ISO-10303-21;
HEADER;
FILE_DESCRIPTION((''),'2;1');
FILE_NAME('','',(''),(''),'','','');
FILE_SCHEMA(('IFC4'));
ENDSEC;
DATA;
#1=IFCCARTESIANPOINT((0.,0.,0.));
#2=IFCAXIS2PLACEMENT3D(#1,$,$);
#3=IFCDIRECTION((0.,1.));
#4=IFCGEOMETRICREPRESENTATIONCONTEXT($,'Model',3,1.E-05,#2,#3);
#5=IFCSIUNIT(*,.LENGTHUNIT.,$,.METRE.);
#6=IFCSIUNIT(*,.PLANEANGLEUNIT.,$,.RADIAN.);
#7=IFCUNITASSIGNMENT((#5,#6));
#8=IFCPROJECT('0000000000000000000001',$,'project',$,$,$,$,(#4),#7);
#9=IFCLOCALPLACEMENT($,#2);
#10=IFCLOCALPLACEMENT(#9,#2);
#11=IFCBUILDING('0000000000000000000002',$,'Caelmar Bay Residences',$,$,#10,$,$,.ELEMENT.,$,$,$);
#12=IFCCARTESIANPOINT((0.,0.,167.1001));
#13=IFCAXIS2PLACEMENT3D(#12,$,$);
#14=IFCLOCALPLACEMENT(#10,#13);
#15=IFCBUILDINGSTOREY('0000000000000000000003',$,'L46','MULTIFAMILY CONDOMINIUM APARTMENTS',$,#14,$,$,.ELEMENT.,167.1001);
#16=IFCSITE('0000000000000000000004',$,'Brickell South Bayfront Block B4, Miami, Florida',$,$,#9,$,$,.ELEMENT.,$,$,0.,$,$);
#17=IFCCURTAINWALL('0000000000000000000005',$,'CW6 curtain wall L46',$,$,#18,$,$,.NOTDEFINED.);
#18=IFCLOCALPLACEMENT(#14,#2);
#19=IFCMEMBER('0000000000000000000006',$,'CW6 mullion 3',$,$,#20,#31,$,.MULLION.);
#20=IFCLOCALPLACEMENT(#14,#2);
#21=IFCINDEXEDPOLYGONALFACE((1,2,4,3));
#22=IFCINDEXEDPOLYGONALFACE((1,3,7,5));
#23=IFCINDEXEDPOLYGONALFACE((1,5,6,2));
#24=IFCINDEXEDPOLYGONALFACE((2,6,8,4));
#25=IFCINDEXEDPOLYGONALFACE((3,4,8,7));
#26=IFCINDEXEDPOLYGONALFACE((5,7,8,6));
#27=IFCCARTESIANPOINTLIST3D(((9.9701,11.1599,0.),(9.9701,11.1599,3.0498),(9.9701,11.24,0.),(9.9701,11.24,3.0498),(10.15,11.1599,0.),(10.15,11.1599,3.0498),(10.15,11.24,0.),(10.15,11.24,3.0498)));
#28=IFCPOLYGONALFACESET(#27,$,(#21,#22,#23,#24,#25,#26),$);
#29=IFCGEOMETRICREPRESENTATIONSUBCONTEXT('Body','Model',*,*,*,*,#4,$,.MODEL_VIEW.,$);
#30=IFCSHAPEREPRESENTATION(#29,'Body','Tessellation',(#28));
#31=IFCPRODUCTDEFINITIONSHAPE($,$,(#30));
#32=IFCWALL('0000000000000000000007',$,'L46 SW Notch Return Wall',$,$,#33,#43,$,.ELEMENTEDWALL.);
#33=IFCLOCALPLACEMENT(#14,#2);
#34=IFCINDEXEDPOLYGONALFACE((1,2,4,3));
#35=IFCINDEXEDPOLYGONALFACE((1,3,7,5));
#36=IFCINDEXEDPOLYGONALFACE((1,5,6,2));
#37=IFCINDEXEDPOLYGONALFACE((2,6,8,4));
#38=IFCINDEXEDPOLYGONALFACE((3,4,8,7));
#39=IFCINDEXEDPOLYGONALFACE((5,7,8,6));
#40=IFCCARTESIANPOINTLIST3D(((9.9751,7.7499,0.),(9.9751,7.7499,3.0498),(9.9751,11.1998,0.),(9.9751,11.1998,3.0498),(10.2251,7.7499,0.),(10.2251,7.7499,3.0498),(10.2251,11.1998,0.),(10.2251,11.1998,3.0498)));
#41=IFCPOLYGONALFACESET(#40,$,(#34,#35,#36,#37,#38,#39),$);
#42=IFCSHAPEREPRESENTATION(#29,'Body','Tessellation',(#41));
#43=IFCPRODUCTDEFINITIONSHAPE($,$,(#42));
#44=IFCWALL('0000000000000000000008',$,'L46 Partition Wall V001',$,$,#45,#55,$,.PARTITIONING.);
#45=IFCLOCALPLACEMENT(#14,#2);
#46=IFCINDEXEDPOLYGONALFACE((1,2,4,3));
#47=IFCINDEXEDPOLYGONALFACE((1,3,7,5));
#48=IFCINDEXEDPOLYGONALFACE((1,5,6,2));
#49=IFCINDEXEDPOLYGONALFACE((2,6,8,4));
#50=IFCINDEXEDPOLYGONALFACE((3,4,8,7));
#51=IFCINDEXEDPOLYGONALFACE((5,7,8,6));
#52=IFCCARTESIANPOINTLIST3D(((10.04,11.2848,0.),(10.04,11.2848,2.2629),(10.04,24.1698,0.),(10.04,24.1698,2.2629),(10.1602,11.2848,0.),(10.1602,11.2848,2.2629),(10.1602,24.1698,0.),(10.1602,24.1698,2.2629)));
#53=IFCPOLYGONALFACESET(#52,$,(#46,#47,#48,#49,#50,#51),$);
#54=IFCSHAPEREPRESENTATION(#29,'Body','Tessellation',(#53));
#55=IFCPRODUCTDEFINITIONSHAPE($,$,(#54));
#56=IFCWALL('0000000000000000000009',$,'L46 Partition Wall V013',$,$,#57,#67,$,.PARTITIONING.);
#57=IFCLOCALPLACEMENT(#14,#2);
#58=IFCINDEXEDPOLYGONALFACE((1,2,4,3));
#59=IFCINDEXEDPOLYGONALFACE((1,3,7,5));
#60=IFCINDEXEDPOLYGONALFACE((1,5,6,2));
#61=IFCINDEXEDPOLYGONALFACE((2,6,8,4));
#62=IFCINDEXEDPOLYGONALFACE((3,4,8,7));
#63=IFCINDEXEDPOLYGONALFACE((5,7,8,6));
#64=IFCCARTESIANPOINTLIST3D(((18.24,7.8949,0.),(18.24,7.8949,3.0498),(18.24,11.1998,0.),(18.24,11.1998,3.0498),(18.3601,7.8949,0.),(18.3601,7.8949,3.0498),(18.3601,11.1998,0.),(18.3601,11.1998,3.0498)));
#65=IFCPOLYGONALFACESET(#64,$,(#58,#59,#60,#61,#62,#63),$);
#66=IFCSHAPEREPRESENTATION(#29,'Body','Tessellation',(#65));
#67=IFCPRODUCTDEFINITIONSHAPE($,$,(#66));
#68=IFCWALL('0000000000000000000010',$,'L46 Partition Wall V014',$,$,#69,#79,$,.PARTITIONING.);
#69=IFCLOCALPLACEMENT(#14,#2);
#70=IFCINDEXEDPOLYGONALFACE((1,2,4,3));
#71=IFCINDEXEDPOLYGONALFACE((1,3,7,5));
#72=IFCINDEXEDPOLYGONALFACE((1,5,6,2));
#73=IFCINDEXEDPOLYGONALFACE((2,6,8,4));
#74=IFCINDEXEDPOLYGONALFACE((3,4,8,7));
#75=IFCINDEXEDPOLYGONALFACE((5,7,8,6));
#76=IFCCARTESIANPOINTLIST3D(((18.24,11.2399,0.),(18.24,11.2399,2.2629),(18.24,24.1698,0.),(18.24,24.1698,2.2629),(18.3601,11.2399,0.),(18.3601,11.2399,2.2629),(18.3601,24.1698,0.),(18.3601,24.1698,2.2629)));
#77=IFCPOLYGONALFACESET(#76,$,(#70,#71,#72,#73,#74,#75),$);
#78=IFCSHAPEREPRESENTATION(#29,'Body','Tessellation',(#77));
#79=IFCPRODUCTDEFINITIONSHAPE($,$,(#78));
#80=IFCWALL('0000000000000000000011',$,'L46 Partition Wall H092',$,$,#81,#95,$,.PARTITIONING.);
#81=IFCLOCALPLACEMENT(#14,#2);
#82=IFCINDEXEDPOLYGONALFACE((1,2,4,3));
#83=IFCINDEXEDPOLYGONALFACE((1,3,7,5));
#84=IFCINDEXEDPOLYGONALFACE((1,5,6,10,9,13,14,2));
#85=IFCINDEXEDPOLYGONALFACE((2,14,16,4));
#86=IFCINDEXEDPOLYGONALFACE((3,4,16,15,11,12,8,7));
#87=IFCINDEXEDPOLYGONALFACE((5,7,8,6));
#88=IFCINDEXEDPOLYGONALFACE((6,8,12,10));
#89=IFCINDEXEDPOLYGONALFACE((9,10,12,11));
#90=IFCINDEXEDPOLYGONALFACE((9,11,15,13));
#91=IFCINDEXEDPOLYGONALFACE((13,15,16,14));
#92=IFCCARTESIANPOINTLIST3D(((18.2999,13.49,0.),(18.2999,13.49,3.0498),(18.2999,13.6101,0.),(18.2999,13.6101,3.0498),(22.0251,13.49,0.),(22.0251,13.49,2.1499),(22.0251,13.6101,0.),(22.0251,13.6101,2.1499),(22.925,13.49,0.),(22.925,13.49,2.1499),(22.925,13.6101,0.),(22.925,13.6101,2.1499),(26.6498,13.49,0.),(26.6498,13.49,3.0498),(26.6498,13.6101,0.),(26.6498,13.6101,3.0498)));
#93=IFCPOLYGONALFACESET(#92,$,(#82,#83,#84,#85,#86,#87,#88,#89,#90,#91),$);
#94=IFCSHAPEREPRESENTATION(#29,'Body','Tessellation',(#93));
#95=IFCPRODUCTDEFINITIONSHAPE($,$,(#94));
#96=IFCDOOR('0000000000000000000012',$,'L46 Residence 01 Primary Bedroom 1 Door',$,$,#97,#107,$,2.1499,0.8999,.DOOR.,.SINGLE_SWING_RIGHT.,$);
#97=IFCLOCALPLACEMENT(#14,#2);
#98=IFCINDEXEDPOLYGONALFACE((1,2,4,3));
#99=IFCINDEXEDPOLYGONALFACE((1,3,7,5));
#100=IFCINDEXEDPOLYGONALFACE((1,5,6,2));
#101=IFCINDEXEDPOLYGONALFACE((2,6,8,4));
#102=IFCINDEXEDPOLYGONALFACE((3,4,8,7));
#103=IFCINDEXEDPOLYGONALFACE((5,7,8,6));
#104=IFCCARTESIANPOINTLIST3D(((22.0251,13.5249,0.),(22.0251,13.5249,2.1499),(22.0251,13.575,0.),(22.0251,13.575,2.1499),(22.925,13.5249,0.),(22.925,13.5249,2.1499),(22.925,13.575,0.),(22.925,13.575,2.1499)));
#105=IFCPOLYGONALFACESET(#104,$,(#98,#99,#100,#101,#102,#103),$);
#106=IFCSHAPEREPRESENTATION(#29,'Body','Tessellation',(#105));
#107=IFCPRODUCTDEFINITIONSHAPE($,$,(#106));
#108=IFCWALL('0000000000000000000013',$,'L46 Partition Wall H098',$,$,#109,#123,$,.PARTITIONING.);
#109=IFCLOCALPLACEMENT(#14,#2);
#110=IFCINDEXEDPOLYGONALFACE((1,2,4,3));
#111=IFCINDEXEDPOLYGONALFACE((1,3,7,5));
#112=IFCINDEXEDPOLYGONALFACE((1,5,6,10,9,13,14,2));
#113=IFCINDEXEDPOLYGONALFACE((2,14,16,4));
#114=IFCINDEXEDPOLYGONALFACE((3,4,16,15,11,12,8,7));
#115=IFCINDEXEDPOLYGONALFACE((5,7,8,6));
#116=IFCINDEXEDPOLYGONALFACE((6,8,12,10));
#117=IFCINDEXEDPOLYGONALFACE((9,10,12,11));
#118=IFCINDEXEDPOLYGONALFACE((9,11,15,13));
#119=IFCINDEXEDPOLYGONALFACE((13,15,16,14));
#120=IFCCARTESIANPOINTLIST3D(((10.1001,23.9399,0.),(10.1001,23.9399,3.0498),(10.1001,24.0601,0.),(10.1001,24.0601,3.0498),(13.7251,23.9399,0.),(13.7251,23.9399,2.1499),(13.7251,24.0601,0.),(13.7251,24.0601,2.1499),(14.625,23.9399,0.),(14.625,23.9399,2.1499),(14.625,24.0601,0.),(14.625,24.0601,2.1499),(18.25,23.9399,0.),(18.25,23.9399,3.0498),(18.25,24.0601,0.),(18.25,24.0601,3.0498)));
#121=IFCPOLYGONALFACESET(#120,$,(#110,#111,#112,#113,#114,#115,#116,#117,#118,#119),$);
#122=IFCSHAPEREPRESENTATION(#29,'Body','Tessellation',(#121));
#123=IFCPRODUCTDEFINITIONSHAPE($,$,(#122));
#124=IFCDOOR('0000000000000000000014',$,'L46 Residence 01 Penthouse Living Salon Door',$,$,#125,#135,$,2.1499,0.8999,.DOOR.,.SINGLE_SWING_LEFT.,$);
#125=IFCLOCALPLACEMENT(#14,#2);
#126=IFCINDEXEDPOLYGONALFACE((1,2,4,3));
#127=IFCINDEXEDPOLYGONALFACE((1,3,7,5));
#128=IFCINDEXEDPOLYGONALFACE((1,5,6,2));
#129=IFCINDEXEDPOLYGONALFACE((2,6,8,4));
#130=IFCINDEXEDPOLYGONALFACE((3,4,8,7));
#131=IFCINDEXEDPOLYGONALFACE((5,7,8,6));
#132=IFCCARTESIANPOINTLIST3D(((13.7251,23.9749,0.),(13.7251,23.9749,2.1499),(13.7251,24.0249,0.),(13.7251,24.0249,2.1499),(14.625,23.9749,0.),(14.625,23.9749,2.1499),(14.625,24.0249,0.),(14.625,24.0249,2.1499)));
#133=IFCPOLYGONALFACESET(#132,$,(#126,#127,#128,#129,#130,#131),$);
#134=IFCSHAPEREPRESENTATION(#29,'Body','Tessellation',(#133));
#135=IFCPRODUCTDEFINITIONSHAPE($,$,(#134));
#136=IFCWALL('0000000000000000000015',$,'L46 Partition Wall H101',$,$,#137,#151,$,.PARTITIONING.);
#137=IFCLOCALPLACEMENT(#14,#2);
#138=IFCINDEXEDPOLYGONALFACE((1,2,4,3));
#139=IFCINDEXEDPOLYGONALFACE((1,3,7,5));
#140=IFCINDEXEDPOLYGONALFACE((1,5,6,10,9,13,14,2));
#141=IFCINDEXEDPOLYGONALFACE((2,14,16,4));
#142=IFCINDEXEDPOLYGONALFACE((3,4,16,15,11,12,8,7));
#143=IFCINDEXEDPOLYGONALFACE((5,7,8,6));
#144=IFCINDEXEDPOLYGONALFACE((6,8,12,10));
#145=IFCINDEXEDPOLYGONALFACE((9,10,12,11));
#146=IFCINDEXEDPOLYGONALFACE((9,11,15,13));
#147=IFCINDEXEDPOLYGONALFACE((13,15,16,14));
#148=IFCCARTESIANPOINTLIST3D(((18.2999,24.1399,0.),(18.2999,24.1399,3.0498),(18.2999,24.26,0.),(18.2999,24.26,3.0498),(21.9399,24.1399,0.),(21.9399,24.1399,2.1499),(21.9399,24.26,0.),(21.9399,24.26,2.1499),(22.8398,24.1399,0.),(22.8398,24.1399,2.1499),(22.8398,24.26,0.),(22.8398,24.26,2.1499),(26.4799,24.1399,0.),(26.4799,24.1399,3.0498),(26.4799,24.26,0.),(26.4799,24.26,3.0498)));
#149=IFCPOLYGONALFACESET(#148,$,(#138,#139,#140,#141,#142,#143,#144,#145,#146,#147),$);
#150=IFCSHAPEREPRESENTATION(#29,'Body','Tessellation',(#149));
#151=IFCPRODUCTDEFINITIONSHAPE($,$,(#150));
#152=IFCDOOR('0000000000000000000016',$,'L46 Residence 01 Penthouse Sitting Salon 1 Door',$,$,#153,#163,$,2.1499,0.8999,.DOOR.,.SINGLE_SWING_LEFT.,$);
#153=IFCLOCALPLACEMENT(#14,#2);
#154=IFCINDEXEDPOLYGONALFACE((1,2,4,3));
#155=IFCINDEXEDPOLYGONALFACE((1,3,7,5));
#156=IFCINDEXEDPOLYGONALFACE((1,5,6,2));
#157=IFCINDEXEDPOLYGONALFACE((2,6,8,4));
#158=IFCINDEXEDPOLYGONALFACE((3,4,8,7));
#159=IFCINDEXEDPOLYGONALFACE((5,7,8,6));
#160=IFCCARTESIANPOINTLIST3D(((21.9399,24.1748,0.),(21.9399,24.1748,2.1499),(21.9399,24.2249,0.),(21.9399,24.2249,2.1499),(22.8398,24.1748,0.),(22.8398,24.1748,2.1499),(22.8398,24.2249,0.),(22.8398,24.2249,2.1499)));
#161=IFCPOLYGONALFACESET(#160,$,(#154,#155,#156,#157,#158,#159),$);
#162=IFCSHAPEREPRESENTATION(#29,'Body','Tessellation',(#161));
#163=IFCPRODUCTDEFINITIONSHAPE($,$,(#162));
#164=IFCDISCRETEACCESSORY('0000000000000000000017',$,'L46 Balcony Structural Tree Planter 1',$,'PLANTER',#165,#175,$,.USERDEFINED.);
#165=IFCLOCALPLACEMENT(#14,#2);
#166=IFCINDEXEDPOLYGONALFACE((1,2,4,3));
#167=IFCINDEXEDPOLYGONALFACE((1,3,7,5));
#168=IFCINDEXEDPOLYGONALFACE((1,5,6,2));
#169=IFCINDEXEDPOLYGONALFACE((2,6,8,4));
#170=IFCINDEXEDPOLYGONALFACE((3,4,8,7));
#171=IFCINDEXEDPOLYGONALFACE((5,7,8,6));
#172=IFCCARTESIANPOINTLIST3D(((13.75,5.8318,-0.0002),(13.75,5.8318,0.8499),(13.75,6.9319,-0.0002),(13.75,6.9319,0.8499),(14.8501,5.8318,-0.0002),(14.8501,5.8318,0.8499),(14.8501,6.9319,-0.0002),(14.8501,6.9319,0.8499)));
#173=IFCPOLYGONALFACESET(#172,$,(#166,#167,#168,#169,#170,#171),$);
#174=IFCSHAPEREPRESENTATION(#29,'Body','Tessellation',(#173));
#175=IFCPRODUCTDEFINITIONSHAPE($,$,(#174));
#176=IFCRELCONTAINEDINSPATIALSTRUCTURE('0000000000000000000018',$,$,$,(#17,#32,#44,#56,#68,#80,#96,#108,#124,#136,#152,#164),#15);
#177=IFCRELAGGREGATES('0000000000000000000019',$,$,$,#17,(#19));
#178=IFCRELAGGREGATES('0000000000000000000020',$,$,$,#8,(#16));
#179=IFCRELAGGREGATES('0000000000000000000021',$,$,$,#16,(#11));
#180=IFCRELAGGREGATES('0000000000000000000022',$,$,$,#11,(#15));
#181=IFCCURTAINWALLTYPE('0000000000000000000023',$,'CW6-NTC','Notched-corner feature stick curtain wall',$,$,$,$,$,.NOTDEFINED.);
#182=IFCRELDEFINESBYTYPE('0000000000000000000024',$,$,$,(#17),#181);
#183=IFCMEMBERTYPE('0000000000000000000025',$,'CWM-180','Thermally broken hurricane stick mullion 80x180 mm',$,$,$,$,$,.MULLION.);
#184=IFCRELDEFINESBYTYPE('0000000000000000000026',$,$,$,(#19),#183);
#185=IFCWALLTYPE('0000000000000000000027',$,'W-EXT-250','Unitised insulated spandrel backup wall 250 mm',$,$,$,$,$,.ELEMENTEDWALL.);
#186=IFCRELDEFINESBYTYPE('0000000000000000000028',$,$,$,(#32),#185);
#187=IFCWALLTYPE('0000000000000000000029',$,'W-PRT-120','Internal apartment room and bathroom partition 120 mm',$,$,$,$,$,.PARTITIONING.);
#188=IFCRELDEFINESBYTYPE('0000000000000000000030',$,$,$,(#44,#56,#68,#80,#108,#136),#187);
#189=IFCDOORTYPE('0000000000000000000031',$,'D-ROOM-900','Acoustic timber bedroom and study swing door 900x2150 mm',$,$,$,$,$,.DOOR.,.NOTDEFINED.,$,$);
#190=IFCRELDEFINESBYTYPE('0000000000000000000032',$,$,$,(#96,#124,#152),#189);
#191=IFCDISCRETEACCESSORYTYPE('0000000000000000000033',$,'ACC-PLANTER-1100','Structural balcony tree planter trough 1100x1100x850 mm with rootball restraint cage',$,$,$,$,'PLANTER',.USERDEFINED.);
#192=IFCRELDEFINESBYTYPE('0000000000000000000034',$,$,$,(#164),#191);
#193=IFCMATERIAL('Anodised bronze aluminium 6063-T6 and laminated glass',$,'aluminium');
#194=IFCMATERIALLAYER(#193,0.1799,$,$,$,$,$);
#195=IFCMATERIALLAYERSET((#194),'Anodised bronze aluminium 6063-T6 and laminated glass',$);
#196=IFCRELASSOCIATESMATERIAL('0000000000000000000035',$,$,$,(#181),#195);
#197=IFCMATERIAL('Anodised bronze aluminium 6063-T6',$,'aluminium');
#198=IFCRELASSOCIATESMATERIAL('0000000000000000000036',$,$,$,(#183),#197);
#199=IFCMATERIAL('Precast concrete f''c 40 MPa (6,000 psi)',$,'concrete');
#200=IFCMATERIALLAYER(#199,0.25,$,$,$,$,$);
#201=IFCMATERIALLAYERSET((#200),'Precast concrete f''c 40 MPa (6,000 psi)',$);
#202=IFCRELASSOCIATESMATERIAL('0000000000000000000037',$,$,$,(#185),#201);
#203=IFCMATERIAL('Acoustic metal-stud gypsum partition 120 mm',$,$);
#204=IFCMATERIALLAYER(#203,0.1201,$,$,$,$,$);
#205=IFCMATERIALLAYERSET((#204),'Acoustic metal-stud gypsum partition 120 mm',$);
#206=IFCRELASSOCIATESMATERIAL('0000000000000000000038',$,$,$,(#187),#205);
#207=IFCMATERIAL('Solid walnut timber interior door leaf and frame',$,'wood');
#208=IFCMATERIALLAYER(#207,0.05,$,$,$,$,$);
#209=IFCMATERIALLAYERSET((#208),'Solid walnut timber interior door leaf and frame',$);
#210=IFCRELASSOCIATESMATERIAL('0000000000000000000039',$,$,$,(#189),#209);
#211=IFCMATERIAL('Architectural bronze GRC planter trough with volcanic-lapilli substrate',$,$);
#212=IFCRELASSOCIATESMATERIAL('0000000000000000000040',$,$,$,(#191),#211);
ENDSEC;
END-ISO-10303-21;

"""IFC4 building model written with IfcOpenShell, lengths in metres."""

from ifc_helpers import new_model, si_unit, direction, frame, frame_2d, origin, origin_2d, place, context, subcontext, project, spatial, rectangle, extrude, material, layer, layer_set, material_profile, profile_set, type_object, element, fill, aggregate, save


model = new_model("IFC4")

# Units and contexts
model_context = context("Model", 3, precision=1e-05, world=origin(), true_north=direction((0.0, 1.0)))
body_context = subcontext(model_context, "Body", "Model", "MODEL_VIEW")
ifc_project = project(units=[si_unit("LENGTHUNIT", "METRE"), si_unit("PLANEANGLEUNIT", "RADIAN")], contexts=[model_context])

# Site, building, storey
site_placement = place(None, origin())
site = spatial("IfcSite", under=ifc_project, at=site_placement, Name="Brickell South Bayfront Block B4, Miami, Florida", CompositionType="ELEMENT", RefElevation=0.0)
building_placement = place(site_placement, origin())
building = spatial("IfcBuilding", under=site, at=building_placement, Name="Caelmar Bay Residences", CompositionType="ELEMENT")
storey_placement = place(building_placement, frame((0.0, 0.0, 167.1001)))
storey = spatial("IfcBuildingStorey", under=building, at=storey_placement, Name="L46", Description="MULTIFAMILY CONDOMINIUM APARTMENTS", CompositionType="ELEMENT", Elevation=167.1001)

# Curtain wall, member
ifc_material_1 = material(Name="Anodised bronze aluminium 6063-T6 and laminated glass", Category="aluminium")
ifc_layer_1 = layer(ifc_material_1, 0.1799)
ifc_layer_set_1 = layer_set([ifc_layer_1], Name="Anodised bronze aluminium 6063-T6 and laminated glass")
curtain_wall_type = type_object("IfcCurtainWallType", Name="CW6-NTC", Description="Notched-corner feature stick curtain wall", PredefinedType="NOTDEFINED", material=ifc_layer_set_1)
curtain_wall_placement = place(storey_placement, origin())
curtain_wall = element("IfcCurtainWall", 1, at=curtain_wall_placement, inside=storey, type_object=curtain_wall_type, Name="CW6 curtain wall L46", PredefinedType="NOTDEFINED")
ifc_material_2 = material(Name="Anodised bronze aluminium 6063-T6", Category="aluminium")
ifc_material_profile_1 = material_profile(ifc_material_2, rectangle(XDim=0.0801, YDim=0.1799, at=origin_2d()), Name="CWM-80X180")
ifc_profile_set_1 = profile_set([ifc_material_profile_1], Name="Anodised bronze aluminium 6063-T6")
member_type = type_object("IfcMemberType", Name="CWM-180", Description="Thermally broken hurricane stick mullion 80x180 mm", PredefinedType="MULLION", material=ifc_profile_set_1)
member_placement = place(storey_placement, frame((10.0601, 11.2, 0.0), z_axis=(0.0, 0.0, 1.0), x_axis=(0.0, 1.0, 0.0)))
member = element("IfcMember", 2, at=member_placement, type_object=member_type, Name="CW6 mullion 3", PredefinedType="MULLION", context=body_context, shape_type="SweptSolid", body=[
    extrude(rectangle(XDim=0.0801, YDim=0.1799, at=origin_2d()), origin(), (0.0, 0.0, 1.0), 3.0498),
])
aggregate(curtain_wall, [member])

# Walls
ifc_material_3 = material(Name="Precast concrete f'c 40 MPa (6,000 psi)", Category="concrete")
ifc_layer_2 = layer(ifc_material_3, 0.25)
ifc_layer_set_2 = layer_set([ifc_layer_2], Name="Precast concrete f'c 40 MPa (6,000 psi)")
wall_type_1 = type_object("IfcWallType", Name="W-EXT-250", Description="Unitised insulated spandrel backup wall 250 mm", PredefinedType="ELEMENTEDWALL", material=ifc_layer_set_2)
wall_1_placement = place(storey_placement, frame((10.1001, 11.2, 0.0), z_axis=(0.0, 0.0, 1.0), x_axis=(0.0, -1.0, 0.0)))
element("IfcWall", 3, at=wall_1_placement, inside=storey, type_object=wall_type_1, Name="L46 SW Notch Return Wall", PredefinedType="ELEMENTEDWALL", context=body_context, shape_type="SweptSolid", body=[
    extrude(rectangle(XDim=3.45, YDim=0.25, at=frame_2d((1.7251, 0.0))), origin(), (0.0, 0.0, 1.0), 3.0498),
])
ifc_material_4 = material(Name="Acoustic metal-stud gypsum partition 120 mm")
ifc_layer_3 = layer(ifc_material_4, 0.1201)
ifc_layer_set_3 = layer_set([ifc_layer_3], Name="Acoustic metal-stud gypsum partition 120 mm")
wall_type_2 = type_object("IfcWallType", Name="W-PRT-120", Description="Internal apartment room and bathroom partition 120 mm", PredefinedType="PARTITIONING", material=ifc_layer_set_3)
wall_2_placement = place(storey_placement, frame((10.1001, 11.2849, 0.0), z_axis=(0.0, 0.0, 1.0), x_axis=(0.0, 1.0, 0.0)))
element("IfcWall", 4, at=wall_2_placement, inside=storey, type_object=wall_type_2, Name="L46 Partition Wall V001", PredefinedType="PARTITIONING", context=body_context, shape_type="SweptSolid", body=[
    extrude(rectangle(XDim=12.885, YDim=0.1201, at=frame_2d((6.4424, 0.0))), origin(), (0.0, 0.0, 1.0), 2.2629),
])

# Shared definitions
ifc_material_5 = material(Name="Solid walnut timber interior door leaf and frame", Category="wood")
ifc_layer_4 = layer(ifc_material_5, 0.05)
ifc_layer_set_4 = layer_set([ifc_layer_4], Name="Solid walnut timber interior door leaf and frame")
door_type = type_object("IfcDoorType", Name="D-ROOM-900", Description="Acoustic timber bedroom and study swing door 900x2150 mm", OperationType="NOTDEFINED", PredefinedType="DOOR", material=ifc_layer_set_4)

# Walls
wall_3_placement = place(storey_placement, frame((18.3, 7.895, 0.0), z_axis=(0.0, 0.0, 1.0), x_axis=(0.0, 1.0, 0.0)))
element("IfcWall", 5, at=wall_3_placement, inside=storey, type_object=wall_type_2, Name="L46 Partition Wall V013", PredefinedType="PARTITIONING", context=body_context, shape_type="SweptSolid", body=[
    extrude(rectangle(XDim=3.3049, YDim=0.1201, at=frame_2d((1.6523, 0.0))), origin(), (0.0, 0.0, 1.0), 3.0498),
])
wall_4_placement = place(storey_placement, frame((18.3, 11.24, 0.0), z_axis=(0.0, 0.0, 1.0), x_axis=(0.0, 1.0, 0.0)))
element("IfcWall", 6, at=wall_4_placement, inside=storey, type_object=wall_type_2, Name="L46 Partition Wall V014", PredefinedType="PARTITIONING", context=body_context, shape_type="SweptSolid", body=[
    extrude(rectangle(XDim=12.9299, YDim=0.1201, at=frame_2d((6.4648, 0.0))), origin(), (0.0, 0.0, 1.0), 2.2629),
])

# Walls, openings, doors
wall_5_placement = place(storey_placement, frame((18.3, 13.55, 0.0), z_axis=(0.0, 0.0, 1.0), x_axis=(1.0, 0.0, 0.0)))
wall_5 = element("IfcWall", 7, at=wall_5_placement, inside=storey, type_object=wall_type_2, Name="L46 Partition Wall H092", PredefinedType="PARTITIONING", context=body_context, shape_type="SweptSolid", body=[
    extrude(rectangle(XDim=8.3499, YDim=0.1201, at=frame_2d((4.1748, 0.0))), origin(), (0.0, 0.0, 1.0), 3.0498),
])
opening_1_placement = place(wall_5_placement, frame((3.7251, 0.0, 0.0)))
opening_1 = element("IfcOpeningElement", 8, at=opening_1_placement, cuts=wall_5, PredefinedType="OPENING", context=body_context, shape_type="SweptSolid", body=[
    extrude(rectangle(XDim=0.8999, YDim=2.1499, at=frame_2d((0.45, 1.075))), frame((0.0, 0.0701, 0.0), z_axis=(0.0, -1.0, 0.0), x_axis=(1.0, 0.0, 0.0)), (0.0, 0.0, 1.0), 0.1401),
])
door_1_placement = place(opening_1_placement, origin())
door_1 = element("IfcDoor", 9, at=door_1_placement, inside=storey, type_object=door_type, Name="L46 Residence 01 Primary Bedroom 1 Door", OperationType="SINGLE_SWING_RIGHT", OverallHeight=2.1499, OverallWidth=0.8999, PredefinedType="DOOR", context=body_context, shape_type="SweptSolid", body=[
    extrude(rectangle(XDim=0.8999, YDim=2.1499, at=frame_2d((0.45, 1.075))), frame((0.0, 0.0249, 0.0), z_axis=(0.0, -1.0, 0.0), x_axis=(1.0, 0.0, 0.0)), (0.0, 0.0, 1.0), 0.05),
])
fill(opening_1, door_1)
wall_6_placement = place(storey_placement, frame((10.1001, 24.0, 0.0), z_axis=(0.0, 0.0, 1.0), x_axis=(1.0, 0.0, 0.0)))
wall_6 = element("IfcWall", 10, at=wall_6_placement, inside=storey, type_object=wall_type_2, Name="L46 Partition Wall H098", PredefinedType="PARTITIONING", context=body_context, shape_type="SweptSolid", body=[
    extrude(rectangle(XDim=8.1499, YDim=0.1201, at=frame_2d((4.075, 0.0))), origin(), (0.0, 0.0, 1.0), 3.0498),
])
opening_2_placement = place(wall_6_placement, frame((3.625, 0.0, 0.0)))
opening_2 = element("IfcOpeningElement", 11, at=opening_2_placement, cuts=wall_6, PredefinedType="OPENING", context=body_context, shape_type="SweptSolid", body=[
    extrude(rectangle(XDim=0.8999, YDim=2.1499, at=frame_2d((0.45, 1.075))), frame((0.0, 0.0701, 0.0), z_axis=(0.0, -1.0, 0.0), x_axis=(1.0, 0.0, 0.0)), (0.0, 0.0, 1.0), 0.1401),
])
door_2_placement = place(opening_2_placement, origin())
door_2 = element("IfcDoor", 12, at=door_2_placement, inside=storey, type_object=door_type, Name="L46 Residence 01 Penthouse Living Salon Door", OperationType="SINGLE_SWING_LEFT", OverallHeight=2.1499, OverallWidth=0.8999, PredefinedType="DOOR", context=body_context, shape_type="SweptSolid", body=[
    extrude(rectangle(XDim=0.8999, YDim=2.1499, at=frame_2d((0.45, 1.075))), frame((0.0, 0.0249, 0.0), z_axis=(0.0, -1.0, 0.0), x_axis=(1.0, 0.0, 0.0)), (0.0, 0.0, 1.0), 0.05),
])
fill(opening_2, door_2)
wall_7_placement = place(storey_placement, frame((18.3, 24.2, 0.0), z_axis=(0.0, 0.0, 1.0), x_axis=(1.0, 0.0, 0.0)))
wall_7 = element("IfcWall", 13, at=wall_7_placement, inside=storey, type_object=wall_type_2, Name="L46 Partition Wall H101", PredefinedType="PARTITIONING", context=body_context, shape_type="SweptSolid", body=[
    extrude(rectangle(XDim=8.1799, YDim=0.1201, at=frame_2d((4.0898, 0.0))), origin(), (0.0, 0.0, 1.0), 3.0498),
])
opening_3_placement = place(wall_7_placement, frame((3.6399, 0.0, 0.0)))
opening_3 = element("IfcOpeningElement", 14, at=opening_3_placement, cuts=wall_7, PredefinedType="OPENING", context=body_context, shape_type="SweptSolid", body=[
    extrude(rectangle(XDim=0.8999, YDim=2.1499, at=frame_2d((0.45, 1.075))), frame((0.0, 0.0701, 0.0), z_axis=(0.0, -1.0, 0.0), x_axis=(1.0, 0.0, 0.0)), (0.0, 0.0, 1.0), 0.1401),
])
door_3_placement = place(opening_3_placement, origin())
door_3 = element("IfcDoor", 15, at=door_3_placement, inside=storey, type_object=door_type, Name="L46 Residence 01 Penthouse Sitting Salon 1 Door", OperationType="SINGLE_SWING_LEFT", OverallHeight=2.1499, OverallWidth=0.8999, PredefinedType="DOOR", context=body_context, shape_type="SweptSolid", body=[
    extrude(rectangle(XDim=0.8999, YDim=2.1499, at=frame_2d((0.45, 1.075))), frame((0.0, 0.0249, 0.0), z_axis=(0.0, -1.0, 0.0), x_axis=(1.0, 0.0, 0.0)), (0.0, 0.0, 1.0), 0.05),
])
fill(opening_3, door_3)

# Discrete accessory
ifc_material_6 = material(Name="Architectural bronze GRC planter trough with volcanic-lapilli substrate")
discrete_accessory_type = type_object("IfcDiscreteAccessoryType", Name="ACC-PLANTER-1100", Description="Structural balcony tree planter trough 1100x1100x850 mm with rootball restraint cage", ElementType="PLANTER", PredefinedType="USERDEFINED", material=ifc_material_6)
discrete_accessory_placement = place(storey_placement, frame((14.3, 6.3818, -0.0002), z_axis=(0.0, 0.0, 1.0), x_axis=(1.0, 0.0, 0.0)))
element("IfcDiscreteAccessory", 16, at=discrete_accessory_placement, inside=storey, type_object=discrete_accessory_type, Name="L46 Balcony Structural Tree Planter 1", ObjectType="PLANTER", PredefinedType="USERDEFINED", context=body_context, shape_type="SweptSolid", body=[
    extrude(rectangle(XDim=1.1001, YDim=1.1001, at=origin_2d()), origin(), (0.0, 0.0, 1.0), 0.8501),
])

save(model, "model.ifc")
